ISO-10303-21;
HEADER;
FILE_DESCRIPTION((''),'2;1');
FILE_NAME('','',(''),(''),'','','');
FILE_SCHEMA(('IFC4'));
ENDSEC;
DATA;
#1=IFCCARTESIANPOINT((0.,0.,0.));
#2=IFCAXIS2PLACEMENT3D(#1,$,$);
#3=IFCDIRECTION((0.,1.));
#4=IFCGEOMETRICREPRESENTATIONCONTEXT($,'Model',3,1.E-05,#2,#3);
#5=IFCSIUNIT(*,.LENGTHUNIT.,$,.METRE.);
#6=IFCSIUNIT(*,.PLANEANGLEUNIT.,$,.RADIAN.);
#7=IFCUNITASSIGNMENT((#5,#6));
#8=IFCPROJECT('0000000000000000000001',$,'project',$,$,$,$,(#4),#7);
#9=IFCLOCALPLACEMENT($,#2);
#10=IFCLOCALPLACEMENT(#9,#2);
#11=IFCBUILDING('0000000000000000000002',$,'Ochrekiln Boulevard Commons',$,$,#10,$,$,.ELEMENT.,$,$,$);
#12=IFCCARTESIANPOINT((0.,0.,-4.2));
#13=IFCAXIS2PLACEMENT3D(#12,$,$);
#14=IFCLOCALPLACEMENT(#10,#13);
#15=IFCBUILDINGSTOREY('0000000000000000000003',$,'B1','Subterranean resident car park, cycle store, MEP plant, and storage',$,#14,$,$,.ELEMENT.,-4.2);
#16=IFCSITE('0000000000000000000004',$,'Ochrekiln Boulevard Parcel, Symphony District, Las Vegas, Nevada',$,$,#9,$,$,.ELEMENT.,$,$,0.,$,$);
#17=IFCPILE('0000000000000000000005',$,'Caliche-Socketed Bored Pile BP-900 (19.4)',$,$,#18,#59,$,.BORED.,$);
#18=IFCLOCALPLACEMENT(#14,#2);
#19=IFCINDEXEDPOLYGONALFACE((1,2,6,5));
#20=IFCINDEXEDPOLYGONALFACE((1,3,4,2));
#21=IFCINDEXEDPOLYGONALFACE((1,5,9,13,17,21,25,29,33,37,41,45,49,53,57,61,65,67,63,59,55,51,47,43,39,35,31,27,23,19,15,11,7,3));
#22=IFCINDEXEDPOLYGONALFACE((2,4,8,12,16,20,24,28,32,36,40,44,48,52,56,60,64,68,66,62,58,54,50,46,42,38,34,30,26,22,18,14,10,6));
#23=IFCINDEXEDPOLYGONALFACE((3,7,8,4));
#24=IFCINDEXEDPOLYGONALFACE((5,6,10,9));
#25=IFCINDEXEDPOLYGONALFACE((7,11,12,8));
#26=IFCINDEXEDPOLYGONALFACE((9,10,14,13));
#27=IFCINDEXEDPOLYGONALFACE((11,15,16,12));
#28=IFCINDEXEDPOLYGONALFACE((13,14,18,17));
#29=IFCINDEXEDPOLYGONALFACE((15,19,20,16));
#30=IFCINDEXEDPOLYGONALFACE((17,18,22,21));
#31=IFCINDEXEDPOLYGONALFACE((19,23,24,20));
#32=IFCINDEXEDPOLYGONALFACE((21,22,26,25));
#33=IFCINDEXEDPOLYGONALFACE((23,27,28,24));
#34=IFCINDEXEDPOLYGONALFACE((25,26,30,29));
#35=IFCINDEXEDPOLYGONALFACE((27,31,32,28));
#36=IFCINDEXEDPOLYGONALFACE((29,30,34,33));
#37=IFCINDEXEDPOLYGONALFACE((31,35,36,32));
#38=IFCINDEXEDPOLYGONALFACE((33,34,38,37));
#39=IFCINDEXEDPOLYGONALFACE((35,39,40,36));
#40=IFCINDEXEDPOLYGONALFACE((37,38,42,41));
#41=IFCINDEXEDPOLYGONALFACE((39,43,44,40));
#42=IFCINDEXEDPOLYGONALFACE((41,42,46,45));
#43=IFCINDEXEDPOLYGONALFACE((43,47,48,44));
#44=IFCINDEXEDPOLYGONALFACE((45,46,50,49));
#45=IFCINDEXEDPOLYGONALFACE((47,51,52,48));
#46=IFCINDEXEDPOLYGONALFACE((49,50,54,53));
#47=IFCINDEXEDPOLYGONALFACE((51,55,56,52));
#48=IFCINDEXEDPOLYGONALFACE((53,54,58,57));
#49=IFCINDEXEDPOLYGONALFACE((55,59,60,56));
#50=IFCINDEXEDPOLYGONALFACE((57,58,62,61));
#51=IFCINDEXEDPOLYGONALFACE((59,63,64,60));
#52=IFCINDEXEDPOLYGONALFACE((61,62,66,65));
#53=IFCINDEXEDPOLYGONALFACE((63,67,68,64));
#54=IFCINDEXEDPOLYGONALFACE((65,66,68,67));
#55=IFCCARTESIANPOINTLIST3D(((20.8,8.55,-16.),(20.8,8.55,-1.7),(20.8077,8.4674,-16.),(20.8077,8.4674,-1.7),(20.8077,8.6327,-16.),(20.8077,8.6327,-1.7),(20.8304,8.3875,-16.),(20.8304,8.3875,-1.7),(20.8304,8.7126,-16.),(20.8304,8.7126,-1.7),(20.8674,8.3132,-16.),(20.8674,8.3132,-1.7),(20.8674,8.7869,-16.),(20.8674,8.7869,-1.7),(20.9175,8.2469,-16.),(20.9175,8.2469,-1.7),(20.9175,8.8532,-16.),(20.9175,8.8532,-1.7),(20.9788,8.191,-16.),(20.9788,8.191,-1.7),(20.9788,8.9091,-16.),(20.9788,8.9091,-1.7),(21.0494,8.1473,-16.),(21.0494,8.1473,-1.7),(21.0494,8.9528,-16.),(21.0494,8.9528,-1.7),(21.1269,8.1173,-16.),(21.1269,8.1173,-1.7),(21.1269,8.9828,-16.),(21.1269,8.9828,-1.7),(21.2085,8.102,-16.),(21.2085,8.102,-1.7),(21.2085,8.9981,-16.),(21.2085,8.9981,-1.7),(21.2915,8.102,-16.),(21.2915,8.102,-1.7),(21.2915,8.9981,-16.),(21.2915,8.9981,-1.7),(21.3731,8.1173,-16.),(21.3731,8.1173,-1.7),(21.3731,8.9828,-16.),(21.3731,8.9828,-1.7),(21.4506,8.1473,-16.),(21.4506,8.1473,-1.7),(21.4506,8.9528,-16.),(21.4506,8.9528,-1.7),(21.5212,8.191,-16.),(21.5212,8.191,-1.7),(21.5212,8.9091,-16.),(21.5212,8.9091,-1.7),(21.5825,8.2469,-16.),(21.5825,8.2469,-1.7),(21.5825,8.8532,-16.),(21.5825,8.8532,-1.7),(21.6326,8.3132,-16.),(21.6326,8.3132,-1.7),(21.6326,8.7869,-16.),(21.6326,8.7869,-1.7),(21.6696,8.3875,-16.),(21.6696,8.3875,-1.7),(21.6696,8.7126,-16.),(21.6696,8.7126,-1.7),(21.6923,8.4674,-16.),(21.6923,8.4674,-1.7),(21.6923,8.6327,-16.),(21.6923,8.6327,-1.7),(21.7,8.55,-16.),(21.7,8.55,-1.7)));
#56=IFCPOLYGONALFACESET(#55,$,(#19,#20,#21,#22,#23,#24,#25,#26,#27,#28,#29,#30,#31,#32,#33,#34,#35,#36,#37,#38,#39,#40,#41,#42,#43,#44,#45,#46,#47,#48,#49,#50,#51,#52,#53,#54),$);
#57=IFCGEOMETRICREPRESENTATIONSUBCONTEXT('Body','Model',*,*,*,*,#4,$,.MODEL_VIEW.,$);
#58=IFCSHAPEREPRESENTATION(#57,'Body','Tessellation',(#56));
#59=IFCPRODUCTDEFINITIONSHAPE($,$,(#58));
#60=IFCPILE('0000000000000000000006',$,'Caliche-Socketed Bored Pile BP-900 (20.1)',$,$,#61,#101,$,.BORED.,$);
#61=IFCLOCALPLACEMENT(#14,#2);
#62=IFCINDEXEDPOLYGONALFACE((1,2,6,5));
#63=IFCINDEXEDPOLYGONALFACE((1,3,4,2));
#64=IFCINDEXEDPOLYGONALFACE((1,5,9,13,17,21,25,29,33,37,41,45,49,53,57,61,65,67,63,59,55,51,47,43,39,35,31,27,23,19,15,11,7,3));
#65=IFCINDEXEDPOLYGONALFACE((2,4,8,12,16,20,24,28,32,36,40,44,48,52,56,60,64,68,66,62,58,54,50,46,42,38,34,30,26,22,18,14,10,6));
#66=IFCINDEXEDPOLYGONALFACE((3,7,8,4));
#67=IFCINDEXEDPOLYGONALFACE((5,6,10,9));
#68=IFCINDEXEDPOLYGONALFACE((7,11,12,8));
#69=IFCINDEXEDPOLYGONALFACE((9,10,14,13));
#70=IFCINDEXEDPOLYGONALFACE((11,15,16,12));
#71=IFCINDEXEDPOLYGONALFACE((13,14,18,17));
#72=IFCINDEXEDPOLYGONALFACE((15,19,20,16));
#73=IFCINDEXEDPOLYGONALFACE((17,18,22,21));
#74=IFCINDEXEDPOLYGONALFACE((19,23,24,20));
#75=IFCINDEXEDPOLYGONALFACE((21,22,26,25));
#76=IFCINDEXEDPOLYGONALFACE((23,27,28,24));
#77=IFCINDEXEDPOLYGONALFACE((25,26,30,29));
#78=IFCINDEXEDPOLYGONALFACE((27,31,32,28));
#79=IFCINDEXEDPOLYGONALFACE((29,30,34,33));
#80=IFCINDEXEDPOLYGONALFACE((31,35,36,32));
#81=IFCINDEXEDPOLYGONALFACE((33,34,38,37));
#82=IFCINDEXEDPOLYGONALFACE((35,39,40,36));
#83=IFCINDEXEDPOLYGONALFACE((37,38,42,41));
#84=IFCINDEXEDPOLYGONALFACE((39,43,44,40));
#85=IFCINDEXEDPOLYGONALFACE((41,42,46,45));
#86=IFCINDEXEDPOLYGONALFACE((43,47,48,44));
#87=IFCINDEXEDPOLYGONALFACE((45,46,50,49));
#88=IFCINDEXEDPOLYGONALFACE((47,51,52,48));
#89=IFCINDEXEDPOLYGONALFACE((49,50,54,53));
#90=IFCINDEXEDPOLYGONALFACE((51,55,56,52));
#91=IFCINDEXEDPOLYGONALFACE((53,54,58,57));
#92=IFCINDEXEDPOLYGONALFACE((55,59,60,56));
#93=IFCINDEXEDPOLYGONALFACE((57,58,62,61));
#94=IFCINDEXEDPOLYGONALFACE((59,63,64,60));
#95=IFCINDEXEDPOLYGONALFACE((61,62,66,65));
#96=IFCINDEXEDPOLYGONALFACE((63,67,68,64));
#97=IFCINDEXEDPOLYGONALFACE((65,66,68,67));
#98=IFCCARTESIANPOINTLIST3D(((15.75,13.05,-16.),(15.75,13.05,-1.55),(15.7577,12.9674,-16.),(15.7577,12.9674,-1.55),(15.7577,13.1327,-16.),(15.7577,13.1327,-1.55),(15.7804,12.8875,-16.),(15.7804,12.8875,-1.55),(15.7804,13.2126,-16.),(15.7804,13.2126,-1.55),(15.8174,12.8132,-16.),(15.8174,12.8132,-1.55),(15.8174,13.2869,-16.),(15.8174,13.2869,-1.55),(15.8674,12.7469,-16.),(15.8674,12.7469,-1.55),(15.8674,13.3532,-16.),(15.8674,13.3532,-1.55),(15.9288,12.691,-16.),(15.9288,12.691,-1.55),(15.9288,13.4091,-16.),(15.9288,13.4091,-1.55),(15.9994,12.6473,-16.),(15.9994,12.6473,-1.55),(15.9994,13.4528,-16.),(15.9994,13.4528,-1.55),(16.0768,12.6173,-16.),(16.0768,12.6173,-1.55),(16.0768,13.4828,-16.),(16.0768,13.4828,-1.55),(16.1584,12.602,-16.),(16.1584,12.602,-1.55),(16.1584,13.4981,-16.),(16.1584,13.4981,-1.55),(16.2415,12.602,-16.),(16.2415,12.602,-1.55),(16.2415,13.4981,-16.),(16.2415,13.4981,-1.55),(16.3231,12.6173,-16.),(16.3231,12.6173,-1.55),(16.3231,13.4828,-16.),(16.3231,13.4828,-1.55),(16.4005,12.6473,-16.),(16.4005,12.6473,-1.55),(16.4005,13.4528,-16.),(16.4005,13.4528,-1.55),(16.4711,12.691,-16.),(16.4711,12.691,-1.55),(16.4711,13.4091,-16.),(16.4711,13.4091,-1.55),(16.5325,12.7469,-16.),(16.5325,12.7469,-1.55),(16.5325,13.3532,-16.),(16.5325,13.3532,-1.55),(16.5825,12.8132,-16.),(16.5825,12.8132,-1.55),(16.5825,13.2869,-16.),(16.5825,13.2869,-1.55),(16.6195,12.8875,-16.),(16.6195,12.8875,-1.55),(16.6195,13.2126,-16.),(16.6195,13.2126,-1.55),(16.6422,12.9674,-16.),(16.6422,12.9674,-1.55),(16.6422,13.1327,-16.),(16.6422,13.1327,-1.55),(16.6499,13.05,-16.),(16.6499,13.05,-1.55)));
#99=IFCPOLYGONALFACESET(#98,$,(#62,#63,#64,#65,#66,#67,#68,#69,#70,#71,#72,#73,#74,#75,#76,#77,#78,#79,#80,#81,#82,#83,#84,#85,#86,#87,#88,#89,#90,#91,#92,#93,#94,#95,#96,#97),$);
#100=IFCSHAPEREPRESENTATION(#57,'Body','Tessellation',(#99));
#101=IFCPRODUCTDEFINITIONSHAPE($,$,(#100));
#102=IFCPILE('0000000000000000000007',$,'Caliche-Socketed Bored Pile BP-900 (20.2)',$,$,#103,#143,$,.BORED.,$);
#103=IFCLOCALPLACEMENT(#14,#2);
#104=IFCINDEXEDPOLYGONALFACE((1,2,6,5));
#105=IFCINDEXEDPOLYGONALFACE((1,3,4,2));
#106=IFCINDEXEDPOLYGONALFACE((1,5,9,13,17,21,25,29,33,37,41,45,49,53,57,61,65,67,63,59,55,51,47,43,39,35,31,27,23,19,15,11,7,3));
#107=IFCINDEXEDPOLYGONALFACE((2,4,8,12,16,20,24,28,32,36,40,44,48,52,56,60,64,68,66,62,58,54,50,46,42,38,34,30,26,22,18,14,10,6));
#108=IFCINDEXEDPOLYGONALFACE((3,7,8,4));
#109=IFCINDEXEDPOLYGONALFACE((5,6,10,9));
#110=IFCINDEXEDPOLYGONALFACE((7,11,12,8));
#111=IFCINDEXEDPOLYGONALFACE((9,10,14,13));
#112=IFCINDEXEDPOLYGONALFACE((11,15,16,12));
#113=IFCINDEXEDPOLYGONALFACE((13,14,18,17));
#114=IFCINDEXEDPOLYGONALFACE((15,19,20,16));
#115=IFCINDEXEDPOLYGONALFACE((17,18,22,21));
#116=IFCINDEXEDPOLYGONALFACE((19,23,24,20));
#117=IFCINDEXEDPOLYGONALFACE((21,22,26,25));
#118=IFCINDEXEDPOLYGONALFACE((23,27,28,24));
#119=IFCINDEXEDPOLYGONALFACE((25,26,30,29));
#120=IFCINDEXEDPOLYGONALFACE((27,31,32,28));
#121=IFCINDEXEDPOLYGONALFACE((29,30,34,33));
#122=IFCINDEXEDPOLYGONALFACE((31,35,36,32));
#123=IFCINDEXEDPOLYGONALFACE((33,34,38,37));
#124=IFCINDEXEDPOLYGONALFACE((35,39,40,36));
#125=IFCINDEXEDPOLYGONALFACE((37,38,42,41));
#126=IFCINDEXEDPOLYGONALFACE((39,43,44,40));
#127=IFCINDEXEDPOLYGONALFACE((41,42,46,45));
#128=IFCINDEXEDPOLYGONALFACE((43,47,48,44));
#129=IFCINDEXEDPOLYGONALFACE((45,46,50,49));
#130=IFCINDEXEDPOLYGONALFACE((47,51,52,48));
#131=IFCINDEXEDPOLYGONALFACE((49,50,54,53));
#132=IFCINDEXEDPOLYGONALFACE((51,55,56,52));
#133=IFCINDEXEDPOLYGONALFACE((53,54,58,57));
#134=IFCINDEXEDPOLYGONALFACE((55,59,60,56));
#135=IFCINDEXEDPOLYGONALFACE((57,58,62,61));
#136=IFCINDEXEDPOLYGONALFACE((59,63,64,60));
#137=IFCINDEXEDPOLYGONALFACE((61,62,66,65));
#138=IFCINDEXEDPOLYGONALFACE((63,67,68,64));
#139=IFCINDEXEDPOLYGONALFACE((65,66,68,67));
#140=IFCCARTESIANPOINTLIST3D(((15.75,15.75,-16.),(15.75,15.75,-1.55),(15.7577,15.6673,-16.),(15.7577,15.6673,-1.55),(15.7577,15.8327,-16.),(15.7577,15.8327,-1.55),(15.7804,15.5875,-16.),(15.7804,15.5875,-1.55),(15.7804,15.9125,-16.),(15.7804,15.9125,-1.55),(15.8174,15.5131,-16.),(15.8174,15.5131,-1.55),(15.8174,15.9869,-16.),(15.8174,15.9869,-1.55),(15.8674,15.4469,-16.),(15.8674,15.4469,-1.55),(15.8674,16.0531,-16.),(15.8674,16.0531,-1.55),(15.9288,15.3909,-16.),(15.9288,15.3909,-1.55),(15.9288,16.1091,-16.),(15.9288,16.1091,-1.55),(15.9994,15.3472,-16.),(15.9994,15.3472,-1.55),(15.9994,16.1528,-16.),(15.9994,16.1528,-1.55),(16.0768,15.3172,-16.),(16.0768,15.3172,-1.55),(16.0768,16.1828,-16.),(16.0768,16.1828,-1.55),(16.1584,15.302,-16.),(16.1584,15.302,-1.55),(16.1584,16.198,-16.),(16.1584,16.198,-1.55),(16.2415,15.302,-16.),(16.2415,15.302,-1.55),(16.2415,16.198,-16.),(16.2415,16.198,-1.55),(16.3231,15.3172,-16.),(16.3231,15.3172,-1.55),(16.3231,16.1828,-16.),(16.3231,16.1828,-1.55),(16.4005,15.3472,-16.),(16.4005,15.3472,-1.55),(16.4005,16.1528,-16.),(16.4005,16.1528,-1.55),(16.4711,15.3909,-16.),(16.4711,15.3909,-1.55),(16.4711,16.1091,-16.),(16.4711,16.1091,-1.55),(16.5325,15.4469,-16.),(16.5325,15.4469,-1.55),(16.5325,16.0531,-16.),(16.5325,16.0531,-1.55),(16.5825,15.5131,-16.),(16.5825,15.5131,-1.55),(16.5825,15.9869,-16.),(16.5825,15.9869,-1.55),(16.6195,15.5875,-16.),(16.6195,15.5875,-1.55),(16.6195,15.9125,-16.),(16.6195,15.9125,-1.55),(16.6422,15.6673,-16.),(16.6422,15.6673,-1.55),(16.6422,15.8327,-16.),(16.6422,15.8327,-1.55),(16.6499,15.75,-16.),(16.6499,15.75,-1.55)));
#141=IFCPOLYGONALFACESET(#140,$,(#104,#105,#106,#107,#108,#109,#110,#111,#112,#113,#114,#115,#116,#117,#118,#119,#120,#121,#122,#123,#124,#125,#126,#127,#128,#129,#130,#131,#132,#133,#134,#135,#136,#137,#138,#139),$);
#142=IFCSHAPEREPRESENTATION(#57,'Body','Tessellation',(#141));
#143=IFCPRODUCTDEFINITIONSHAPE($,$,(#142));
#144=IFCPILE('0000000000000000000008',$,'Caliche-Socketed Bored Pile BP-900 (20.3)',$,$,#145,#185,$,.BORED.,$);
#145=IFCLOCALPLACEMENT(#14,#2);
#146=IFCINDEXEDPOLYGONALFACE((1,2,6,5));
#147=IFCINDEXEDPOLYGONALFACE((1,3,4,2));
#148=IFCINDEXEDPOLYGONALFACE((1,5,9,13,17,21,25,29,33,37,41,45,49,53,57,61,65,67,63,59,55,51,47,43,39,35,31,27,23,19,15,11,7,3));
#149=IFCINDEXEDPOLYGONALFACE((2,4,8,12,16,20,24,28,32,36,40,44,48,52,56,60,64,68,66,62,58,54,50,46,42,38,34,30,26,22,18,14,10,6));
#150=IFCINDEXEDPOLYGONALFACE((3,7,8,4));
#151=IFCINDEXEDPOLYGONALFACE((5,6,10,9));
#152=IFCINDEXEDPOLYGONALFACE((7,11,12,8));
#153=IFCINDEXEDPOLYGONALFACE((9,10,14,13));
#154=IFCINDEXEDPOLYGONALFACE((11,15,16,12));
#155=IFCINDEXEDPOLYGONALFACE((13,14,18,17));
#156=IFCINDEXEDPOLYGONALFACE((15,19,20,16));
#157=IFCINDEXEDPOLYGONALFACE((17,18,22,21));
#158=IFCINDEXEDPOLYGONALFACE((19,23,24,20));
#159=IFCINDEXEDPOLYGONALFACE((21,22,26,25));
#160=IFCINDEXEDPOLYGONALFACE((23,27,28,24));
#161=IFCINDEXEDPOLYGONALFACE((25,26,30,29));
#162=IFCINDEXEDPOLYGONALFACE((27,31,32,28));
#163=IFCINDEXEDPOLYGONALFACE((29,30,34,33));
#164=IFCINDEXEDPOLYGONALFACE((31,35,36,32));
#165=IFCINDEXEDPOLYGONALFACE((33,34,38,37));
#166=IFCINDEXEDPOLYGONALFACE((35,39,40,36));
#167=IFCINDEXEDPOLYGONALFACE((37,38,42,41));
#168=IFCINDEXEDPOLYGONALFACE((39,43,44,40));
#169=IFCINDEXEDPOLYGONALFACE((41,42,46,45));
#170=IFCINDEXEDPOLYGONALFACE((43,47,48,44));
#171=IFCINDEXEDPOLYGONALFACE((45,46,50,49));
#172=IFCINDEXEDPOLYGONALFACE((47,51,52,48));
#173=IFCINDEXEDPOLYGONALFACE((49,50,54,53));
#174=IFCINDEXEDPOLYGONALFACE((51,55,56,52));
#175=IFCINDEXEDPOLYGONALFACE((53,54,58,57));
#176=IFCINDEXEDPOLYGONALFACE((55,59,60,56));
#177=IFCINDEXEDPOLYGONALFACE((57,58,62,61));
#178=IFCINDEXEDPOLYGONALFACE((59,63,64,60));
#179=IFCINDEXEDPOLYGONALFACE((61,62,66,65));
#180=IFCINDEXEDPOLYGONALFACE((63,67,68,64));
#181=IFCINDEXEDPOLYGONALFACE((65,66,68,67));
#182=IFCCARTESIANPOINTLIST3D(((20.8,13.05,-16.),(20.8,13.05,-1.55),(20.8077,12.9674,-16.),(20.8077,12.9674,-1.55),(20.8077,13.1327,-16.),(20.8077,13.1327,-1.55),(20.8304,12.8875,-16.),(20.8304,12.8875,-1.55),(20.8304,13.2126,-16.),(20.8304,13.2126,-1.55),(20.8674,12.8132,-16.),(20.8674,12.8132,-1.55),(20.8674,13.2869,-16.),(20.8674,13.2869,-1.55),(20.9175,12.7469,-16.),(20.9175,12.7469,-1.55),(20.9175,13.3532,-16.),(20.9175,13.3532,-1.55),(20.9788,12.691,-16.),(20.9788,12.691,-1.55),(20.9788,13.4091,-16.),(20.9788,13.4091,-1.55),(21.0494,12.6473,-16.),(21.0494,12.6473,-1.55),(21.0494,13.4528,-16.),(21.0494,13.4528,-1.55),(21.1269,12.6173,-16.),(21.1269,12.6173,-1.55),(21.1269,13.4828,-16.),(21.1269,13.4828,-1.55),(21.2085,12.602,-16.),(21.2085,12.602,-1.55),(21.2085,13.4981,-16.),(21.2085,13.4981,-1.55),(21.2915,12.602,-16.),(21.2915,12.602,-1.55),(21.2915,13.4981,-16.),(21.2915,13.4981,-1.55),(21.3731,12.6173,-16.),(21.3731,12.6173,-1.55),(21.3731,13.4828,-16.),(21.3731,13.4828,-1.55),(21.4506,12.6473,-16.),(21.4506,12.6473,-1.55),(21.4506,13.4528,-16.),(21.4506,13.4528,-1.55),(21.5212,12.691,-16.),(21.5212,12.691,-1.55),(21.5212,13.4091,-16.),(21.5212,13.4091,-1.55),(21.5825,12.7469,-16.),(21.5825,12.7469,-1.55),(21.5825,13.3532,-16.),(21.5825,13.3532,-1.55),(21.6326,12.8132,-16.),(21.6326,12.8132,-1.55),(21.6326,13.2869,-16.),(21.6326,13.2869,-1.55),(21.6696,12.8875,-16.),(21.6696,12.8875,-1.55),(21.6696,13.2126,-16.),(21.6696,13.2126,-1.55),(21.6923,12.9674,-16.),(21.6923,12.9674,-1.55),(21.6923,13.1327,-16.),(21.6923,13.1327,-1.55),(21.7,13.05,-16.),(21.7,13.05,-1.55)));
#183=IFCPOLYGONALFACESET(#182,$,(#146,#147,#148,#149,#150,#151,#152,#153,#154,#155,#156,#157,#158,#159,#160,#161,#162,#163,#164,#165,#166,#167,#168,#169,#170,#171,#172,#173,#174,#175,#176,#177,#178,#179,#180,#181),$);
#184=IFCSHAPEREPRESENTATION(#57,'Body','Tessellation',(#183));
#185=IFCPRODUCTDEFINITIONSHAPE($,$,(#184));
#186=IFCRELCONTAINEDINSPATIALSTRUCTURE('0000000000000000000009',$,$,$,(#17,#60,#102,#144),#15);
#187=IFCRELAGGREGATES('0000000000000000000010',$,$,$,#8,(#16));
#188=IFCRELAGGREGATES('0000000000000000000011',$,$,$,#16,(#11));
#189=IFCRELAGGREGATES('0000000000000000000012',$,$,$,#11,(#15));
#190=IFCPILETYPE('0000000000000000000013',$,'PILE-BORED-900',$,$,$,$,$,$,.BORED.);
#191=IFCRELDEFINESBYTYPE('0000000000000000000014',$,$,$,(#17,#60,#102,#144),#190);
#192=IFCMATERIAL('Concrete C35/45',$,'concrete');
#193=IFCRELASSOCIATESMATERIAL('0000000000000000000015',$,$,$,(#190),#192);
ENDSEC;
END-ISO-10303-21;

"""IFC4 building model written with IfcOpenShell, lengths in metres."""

from ifc_helpers import new_model, si_unit, direction, frame, origin, origin_2d, place, context, subcontext, project, spatial, circle, extrude, material, material_profile, profile_set, type_object, element, save


model = new_model("IFC4")

# Units and contexts
model_context = context("Model", 3, precision=1e-05, world=origin(), true_north=direction((0.0, 1.0)))
body_context = subcontext(model_context, "Body", "Model", "MODEL_VIEW")
ifc_project = project(units=[si_unit("LENGTHUNIT", "METRE"), si_unit("PLANEANGLEUNIT", "RADIAN")], contexts=[model_context])

# Site, building, storey
site_placement = place(None, origin())
site = spatial("IfcSite", under=ifc_project, at=site_placement, Name="Ochrekiln Boulevard Parcel, Symphony District, Las Vegas, Nevada", CompositionType="ELEMENT", RefElevation=0.0)
building_placement = place(site_placement, origin())
building = spatial("IfcBuilding", under=site, at=building_placement, Name="Ochrekiln Boulevard Commons", CompositionType="ELEMENT")
storey_placement = place(building_placement, frame((0.0, 0.0, -4.2)))
storey = spatial("IfcBuildingStorey", under=building, at=storey_placement, Name="B1", Description="Subterranean resident car park, cycle store, MEP plant, and storage", CompositionType="ELEMENT", Elevation=-4.2)

# Shared definitions
ifc_material_1 = material(Name="Concrete C35/45", Category="concrete")

# Piles
ifc_material_profile_1 = material_profile(ifc_material_1, circle(Radius=0.45, at=origin_2d()), Name="PILE-D900")
ifc_profile_set_1 = profile_set([ifc_material_profile_1], Name="Concrete C35/45")
pile_type = type_object("IfcPileType", Name="PILE-BORED-900", PredefinedType="BORED", material=ifc_profile_set_1)
pile_placement = place(storey_placement, frame((21.25, 8.55, -1.7), z_axis=(0.0, 0.0, -1.0), x_axis=(1.0, 0.0, 0.0)))
element("IfcPile", 1, at=pile_placement, inside=storey, type_object=pile_type, Name="Caliche-Socketed Bored Pile BP-900 (19.4)", PredefinedType="BORED", context=body_context, shape_type="SweptSolid", body=[
    extrude(circle(Radius=0.45, at=origin_2d()), origin(), (0.0, 0.0, 1.0), 14.3),
])
for number, where, z_axis, x_axis, name in (
    (2, (16.2, 13.05, -1.55), (0.0, 0.0, -1.0), (1.0, 0.0, 0.0), "Caliche-Socketed Bored Pile BP-900 (20.1)"),
    (3, (16.2, 15.75, -1.55), (0.0, 0.0, -1.0), (1.0, 0.0, 0.0), "Caliche-Socketed Bored Pile BP-900 (20.2)"),
    (4, (21.25, 13.05, -1.55), (0.0, 0.0, -1.0), (1.0, 0.0, 0.0), "Caliche-Socketed Bored Pile BP-900 (20.3)"),
):
    element("IfcPile", number, at=place(storey_placement, frame(where, z_axis=z_axis, x_axis=x_axis)), inside=storey, type_object=pile_type, Name=name, PredefinedType="BORED", context=body_context, shape_type="SweptSolid", body=[
        extrude(circle(Radius=0.45, at=origin_2d()), origin(), (0.0, 0.0, 1.0), 14.45),
    ])

save(model, "model.ifc")
